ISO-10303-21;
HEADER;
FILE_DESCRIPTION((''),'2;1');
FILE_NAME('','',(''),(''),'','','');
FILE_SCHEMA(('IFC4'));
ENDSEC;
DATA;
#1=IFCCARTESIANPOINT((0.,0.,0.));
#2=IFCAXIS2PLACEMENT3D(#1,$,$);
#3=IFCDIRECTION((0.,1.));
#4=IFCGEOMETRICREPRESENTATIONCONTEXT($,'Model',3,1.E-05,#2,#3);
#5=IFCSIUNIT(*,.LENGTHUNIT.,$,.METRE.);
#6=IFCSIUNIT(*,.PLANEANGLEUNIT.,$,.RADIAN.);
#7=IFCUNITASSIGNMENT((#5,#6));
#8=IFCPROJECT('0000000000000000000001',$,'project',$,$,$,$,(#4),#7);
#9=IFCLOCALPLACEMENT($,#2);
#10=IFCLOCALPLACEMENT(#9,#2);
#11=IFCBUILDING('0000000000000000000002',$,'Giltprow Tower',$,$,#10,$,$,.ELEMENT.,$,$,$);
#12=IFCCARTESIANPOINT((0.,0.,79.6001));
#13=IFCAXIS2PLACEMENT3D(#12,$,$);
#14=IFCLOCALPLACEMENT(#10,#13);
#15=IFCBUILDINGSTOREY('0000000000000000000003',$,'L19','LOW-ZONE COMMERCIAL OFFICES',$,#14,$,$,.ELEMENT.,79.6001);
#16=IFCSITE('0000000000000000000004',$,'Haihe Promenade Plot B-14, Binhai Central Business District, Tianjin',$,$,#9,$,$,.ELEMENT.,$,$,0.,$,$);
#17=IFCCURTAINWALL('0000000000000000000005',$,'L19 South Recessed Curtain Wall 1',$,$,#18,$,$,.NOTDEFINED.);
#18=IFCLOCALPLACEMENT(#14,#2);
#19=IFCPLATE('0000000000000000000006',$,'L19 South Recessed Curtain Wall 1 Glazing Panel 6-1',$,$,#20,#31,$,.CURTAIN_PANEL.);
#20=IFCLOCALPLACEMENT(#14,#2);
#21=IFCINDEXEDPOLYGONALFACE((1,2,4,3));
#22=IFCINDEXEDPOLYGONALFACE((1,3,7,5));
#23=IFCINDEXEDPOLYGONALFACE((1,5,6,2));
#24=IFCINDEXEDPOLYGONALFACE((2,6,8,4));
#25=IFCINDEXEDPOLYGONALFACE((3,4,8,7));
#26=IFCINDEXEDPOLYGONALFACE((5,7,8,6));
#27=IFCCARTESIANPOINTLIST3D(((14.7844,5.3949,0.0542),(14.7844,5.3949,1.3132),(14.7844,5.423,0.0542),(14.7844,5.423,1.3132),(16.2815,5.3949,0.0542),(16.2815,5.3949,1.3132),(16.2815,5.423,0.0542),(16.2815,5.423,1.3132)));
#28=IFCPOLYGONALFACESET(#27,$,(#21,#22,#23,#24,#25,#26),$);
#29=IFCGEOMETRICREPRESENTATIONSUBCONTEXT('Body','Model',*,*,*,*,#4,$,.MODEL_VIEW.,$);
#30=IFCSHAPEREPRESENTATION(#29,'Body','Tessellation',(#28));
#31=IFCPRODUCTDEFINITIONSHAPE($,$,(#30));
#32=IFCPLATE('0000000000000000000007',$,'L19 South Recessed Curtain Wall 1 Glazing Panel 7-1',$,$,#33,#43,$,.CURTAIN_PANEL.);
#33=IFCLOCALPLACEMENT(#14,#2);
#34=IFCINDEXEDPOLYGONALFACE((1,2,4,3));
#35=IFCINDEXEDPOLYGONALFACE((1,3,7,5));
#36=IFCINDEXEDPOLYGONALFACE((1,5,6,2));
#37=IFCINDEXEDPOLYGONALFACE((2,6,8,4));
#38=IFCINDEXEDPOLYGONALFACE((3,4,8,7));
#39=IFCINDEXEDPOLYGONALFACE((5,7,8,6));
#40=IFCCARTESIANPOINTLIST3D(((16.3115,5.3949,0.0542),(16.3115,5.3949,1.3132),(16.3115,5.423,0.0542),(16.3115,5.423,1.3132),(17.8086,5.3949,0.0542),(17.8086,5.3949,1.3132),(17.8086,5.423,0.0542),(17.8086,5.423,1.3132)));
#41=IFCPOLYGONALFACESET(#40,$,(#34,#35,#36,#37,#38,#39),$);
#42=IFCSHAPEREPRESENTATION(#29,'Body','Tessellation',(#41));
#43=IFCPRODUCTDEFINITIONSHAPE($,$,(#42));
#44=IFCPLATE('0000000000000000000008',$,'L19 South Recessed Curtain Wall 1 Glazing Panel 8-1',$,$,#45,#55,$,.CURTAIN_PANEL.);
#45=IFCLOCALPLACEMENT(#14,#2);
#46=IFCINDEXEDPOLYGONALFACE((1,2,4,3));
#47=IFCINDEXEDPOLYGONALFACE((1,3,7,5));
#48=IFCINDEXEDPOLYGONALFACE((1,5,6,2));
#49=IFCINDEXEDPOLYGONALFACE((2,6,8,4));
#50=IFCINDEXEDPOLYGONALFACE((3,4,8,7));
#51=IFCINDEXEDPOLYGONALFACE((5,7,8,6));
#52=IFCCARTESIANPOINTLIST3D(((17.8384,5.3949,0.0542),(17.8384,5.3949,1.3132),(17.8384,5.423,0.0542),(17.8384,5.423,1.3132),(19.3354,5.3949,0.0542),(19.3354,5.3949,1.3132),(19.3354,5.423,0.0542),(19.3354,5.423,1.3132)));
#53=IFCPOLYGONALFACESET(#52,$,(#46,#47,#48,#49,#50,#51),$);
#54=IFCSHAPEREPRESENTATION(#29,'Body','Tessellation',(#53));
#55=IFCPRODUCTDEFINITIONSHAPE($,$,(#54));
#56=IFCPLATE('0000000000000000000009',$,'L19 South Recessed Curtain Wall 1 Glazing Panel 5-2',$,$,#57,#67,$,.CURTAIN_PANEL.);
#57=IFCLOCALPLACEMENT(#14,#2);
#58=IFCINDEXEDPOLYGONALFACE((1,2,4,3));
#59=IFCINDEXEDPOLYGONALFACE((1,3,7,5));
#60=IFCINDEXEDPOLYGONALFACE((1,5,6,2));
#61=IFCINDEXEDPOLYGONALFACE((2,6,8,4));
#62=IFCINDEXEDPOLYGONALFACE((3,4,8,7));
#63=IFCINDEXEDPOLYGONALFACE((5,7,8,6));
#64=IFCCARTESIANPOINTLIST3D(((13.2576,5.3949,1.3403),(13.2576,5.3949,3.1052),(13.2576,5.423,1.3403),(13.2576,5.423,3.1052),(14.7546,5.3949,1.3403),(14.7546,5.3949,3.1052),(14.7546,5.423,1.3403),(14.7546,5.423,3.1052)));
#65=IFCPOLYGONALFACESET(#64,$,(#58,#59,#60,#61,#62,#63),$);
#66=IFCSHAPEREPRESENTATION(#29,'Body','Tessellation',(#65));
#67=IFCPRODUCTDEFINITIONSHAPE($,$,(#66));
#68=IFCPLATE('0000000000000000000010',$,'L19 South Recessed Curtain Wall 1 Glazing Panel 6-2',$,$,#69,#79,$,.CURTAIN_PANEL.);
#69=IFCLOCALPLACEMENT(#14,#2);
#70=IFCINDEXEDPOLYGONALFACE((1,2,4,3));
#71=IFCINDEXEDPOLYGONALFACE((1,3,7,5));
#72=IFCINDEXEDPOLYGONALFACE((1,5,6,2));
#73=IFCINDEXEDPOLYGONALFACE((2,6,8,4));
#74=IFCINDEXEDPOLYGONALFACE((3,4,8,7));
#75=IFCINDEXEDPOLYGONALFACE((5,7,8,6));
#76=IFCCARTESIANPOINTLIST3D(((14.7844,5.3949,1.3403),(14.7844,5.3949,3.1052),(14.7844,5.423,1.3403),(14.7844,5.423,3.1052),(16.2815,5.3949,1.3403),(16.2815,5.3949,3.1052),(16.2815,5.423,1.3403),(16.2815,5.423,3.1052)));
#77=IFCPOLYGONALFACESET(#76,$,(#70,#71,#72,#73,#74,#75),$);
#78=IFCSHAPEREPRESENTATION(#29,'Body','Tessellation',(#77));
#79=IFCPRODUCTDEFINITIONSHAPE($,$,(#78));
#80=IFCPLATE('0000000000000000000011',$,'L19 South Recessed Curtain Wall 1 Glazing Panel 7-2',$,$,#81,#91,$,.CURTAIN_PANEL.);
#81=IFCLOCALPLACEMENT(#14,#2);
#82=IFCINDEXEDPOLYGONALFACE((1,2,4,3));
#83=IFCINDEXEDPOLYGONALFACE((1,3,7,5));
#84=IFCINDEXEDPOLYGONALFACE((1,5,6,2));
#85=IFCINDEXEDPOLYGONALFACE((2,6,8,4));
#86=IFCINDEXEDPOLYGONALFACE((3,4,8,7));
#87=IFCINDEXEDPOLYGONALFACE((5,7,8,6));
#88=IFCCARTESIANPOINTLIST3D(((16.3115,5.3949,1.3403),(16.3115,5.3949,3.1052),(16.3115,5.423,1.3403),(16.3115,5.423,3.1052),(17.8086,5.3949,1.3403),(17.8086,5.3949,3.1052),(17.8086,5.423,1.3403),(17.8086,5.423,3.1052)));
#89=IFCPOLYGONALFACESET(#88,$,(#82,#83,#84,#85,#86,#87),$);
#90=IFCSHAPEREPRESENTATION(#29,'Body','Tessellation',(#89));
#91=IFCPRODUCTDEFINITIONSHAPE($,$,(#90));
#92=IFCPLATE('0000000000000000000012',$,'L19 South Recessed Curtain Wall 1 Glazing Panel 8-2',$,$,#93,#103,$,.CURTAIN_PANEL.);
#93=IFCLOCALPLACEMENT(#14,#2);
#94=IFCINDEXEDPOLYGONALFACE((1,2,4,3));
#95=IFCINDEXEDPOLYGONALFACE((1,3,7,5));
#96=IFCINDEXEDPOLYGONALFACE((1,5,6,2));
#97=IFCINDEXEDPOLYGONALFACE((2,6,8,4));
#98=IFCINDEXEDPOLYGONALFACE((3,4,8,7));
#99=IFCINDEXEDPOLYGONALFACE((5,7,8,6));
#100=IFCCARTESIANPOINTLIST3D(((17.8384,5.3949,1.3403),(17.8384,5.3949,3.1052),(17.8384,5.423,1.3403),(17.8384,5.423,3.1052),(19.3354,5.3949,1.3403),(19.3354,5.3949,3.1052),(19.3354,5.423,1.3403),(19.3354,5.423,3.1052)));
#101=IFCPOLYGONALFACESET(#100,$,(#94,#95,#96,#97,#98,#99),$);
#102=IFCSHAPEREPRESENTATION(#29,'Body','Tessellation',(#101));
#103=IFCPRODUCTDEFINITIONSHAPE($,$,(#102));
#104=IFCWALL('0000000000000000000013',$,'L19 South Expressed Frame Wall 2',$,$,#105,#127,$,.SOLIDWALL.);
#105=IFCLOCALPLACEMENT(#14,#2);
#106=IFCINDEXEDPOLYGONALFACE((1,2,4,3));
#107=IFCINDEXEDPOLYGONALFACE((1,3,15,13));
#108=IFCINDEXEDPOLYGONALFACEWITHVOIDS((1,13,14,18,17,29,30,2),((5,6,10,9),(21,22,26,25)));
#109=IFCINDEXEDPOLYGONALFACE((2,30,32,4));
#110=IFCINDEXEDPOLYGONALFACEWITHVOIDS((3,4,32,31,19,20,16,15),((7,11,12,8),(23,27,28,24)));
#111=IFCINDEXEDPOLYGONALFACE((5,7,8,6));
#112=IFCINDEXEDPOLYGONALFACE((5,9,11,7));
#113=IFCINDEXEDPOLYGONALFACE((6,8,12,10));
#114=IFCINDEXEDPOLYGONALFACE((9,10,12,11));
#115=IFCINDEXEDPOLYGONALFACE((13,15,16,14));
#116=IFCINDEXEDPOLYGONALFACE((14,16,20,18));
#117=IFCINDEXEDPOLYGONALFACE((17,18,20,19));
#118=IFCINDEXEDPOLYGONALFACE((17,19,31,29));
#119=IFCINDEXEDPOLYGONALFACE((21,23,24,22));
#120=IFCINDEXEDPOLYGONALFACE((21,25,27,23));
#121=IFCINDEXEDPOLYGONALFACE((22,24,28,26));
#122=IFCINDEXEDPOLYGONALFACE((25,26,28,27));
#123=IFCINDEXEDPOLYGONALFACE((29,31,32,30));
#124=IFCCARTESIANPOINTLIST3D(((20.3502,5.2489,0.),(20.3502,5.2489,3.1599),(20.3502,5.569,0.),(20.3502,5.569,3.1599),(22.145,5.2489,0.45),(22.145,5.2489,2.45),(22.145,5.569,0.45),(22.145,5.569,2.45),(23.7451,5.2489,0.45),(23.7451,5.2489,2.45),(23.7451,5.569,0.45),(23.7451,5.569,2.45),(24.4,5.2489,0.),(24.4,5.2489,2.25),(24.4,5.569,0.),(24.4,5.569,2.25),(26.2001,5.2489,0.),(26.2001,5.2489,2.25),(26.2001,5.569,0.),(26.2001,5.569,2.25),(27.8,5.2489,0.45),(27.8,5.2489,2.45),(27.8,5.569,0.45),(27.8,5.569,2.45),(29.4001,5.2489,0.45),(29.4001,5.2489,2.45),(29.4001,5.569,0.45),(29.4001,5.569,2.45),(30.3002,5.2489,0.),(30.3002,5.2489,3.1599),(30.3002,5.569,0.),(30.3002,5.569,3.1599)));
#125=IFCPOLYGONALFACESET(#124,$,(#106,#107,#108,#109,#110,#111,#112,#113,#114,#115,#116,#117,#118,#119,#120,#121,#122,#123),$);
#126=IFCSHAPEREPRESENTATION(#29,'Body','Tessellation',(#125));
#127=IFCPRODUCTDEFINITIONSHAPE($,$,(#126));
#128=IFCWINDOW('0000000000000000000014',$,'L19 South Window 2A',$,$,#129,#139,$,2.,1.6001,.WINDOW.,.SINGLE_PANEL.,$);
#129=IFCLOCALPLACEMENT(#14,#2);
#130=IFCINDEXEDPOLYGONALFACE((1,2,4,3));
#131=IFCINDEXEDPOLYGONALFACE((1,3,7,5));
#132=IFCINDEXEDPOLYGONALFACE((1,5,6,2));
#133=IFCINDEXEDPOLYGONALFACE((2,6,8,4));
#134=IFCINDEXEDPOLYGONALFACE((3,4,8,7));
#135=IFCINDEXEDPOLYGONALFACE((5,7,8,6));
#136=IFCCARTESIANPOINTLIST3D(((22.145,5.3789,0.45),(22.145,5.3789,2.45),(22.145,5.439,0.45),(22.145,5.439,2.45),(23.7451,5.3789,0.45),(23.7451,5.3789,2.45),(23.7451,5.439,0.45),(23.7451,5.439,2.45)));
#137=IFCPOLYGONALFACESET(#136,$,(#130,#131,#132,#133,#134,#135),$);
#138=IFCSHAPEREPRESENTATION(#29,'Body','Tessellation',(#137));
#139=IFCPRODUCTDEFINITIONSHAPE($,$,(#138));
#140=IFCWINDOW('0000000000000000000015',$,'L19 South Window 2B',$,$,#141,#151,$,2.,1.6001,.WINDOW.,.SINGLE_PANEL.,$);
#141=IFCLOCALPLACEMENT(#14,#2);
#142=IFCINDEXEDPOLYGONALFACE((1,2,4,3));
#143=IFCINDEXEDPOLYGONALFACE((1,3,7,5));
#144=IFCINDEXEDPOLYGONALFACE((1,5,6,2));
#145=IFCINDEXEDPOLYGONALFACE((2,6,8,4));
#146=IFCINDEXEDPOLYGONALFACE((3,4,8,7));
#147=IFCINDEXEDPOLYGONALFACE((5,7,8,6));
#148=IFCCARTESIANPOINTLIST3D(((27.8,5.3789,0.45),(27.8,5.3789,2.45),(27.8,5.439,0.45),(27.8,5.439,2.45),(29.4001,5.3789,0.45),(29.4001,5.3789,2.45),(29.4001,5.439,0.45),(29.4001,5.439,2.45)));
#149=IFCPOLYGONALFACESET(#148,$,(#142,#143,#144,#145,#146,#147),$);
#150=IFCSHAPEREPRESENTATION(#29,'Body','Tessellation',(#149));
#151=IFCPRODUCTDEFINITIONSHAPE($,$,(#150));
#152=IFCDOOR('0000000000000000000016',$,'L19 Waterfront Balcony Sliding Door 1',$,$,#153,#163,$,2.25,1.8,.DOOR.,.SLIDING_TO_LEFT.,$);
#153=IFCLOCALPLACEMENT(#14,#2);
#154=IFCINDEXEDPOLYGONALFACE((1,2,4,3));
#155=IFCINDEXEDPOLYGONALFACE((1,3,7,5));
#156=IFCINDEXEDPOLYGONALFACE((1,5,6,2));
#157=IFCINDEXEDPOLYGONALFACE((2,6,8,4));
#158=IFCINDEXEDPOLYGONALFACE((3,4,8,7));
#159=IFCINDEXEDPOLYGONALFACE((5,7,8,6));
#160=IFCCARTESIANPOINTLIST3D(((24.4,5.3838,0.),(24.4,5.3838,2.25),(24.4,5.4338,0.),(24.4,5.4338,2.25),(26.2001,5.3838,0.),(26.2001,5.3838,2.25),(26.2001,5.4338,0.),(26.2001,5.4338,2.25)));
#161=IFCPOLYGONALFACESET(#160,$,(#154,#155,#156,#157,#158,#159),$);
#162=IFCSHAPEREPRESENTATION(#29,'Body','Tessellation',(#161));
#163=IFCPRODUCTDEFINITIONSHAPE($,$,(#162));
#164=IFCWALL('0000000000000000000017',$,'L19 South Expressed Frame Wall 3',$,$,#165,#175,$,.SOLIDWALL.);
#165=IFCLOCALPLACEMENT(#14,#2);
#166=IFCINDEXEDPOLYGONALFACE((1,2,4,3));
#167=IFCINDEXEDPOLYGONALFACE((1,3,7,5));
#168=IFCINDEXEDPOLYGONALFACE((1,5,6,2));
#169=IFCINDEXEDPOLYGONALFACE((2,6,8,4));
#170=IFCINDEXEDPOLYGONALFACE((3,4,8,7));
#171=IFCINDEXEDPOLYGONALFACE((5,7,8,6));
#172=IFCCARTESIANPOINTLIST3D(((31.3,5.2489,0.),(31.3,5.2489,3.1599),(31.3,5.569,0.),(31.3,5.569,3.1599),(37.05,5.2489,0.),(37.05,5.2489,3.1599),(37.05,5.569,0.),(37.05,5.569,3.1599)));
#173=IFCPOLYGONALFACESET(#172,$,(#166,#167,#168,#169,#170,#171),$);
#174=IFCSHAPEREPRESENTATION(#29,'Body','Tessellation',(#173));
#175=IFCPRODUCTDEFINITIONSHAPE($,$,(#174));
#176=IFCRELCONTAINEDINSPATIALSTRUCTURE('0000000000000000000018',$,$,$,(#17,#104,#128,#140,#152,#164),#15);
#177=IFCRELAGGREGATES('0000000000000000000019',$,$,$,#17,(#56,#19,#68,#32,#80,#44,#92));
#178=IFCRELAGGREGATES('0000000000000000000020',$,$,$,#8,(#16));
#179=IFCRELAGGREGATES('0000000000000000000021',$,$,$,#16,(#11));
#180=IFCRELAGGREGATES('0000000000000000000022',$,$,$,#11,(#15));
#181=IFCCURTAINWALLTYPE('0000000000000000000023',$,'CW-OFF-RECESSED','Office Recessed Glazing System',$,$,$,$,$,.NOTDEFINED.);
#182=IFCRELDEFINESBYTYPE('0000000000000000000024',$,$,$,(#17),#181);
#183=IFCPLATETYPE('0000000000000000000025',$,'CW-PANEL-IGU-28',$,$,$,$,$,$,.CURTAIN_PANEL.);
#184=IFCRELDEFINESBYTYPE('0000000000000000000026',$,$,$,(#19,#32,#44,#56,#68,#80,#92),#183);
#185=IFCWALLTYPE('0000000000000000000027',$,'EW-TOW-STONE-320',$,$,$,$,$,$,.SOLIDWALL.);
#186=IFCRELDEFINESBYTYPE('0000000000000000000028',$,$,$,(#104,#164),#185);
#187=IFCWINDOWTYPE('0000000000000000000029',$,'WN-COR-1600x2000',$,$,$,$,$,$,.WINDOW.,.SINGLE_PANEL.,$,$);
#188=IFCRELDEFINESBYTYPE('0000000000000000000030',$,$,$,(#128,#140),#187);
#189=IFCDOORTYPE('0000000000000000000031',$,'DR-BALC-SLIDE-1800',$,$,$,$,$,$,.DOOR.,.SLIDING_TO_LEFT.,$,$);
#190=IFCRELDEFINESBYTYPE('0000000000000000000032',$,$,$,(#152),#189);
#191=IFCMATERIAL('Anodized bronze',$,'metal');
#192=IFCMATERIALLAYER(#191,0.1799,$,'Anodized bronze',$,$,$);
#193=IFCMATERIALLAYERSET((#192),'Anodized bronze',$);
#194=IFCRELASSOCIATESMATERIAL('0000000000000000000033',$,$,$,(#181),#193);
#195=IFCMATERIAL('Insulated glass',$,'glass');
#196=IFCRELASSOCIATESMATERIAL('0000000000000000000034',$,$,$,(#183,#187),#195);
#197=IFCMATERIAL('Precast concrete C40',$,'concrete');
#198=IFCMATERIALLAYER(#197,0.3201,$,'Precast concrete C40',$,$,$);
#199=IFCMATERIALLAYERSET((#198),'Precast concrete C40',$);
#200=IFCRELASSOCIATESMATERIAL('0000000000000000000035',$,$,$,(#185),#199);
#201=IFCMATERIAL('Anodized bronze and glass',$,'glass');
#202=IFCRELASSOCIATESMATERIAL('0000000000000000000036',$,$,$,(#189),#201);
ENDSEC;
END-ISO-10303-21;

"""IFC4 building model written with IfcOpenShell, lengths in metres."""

from ifc_helpers import new_model, si_unit, direction, frame, frame_2d, origin, origin_2d, place, context, subcontext, project, spatial, rectangle, extrude, source, transform, mapped, material, layer, layer_set, type_object, element, fill, aggregate, save


model = new_model("IFC4")

# Units and contexts
model_context = context("Model", 3, precision=1e-05, world=origin(), true_north=direction((0.0, 1.0)))
body_context = subcontext(model_context, "Body", "Model", "MODEL_VIEW")
ifc_project = project(units=[si_unit("LENGTHUNIT", "METRE"), si_unit("PLANEANGLEUNIT", "RADIAN")], contexts=[model_context])

# Site, building, storey
site_placement = place(None, origin())
site = spatial("IfcSite", under=ifc_project, at=site_placement, Name="Haihe Promenade Plot B-14, Binhai Central Business District, Tianjin", CompositionType="ELEMENT", RefElevation=0.0)
building_placement = place(site_placement, origin())
building = spatial("IfcBuilding", under=site, at=building_placement, Name="Giltprow Tower", CompositionType="ELEMENT")
storey_placement = place(building_placement, frame((0.0, 0.0, 79.6001)))
storey = spatial("IfcBuildingStorey", under=building, at=storey_placement, Name="L19", Description="LOW-ZONE COMMERCIAL OFFICES", CompositionType="ELEMENT", Elevation=79.6001)

# Curtain wall, plates
ifc_material_1 = material(Name="Anodized bronze", Category="metal")
ifc_layer_1 = layer(ifc_material_1, 0.1799, Name="Anodized bronze")
ifc_layer_set_1 = layer_set([ifc_layer_1], Name="Anodized bronze")
curtain_wall_type = type_object("IfcCurtainWallType", Name="CW-OFF-RECESSED", Description="Office Recessed Glazing System", PredefinedType="NOTDEFINED", material=ifc_layer_set_1)
curtain_wall_placement = place(storey_placement, origin())
curtain_wall = element("IfcCurtainWall", 1, at=curtain_wall_placement, inside=storey, type_object=curtain_wall_type, Name="L19 South Recessed Curtain Wall 1", PredefinedType="NOTDEFINED")
ifc_material_2 = material(Name="Insulated glass", Category="glass")
plate_type = type_object("IfcPlateType", Name="CW-PANEL-IGU-28", PredefinedType="CURTAIN_PANEL", material=ifc_material_2)
shared_shape_1 = source(origin(), body_context, "Body", "SweptSolid", [
    extrude(rectangle(XDim=1.4971, YDim=0.0281, at=origin_2d()), origin(), (0.0, 0.0, 1.0), 1.259),
])
plate_1_placement = place(storey_placement, frame((15.533, 5.4089, 0.0542), z_axis=(0.0, 0.0, 1.0), x_axis=(1.0, 0.0, 0.0)))
plate_1 = element("IfcPlate", 2, at=plate_1_placement, type_object=plate_type, Name="L19 South Recessed Curtain Wall 1 Glazing Panel 6-1", PredefinedType="CURTAIN_PANEL", context=body_context, shape_type="MappedRepresentation", body=[
    mapped(shared_shape_1, transform((0.0, 0.0, 0.0), x_axis=(1.0, 0.0, 0.0), y_axis=(0.0, 1.0, 0.0), z_axis=(0.0, 0.0, 1.0), scale=1.0)),
])
plate_2_placement = place(storey_placement, frame((17.0601, 5.4089, 0.0542), z_axis=(0.0, 0.0, 1.0), x_axis=(1.0, 0.0, 0.0)))
plate_2 = element("IfcPlate", 3, at=plate_2_placement, type_object=plate_type, Name="L19 South Recessed Curtain Wall 1 Glazing Panel 7-1", PredefinedType="CURTAIN_PANEL", context=body_context, shape_type="MappedRepresentation", body=[
    mapped(shared_shape_1, transform((0.0, 0.0, 0.0), x_axis=(1.0, 0.0, 0.0), y_axis=(0.0, 1.0, 0.0), z_axis=(0.0, 0.0, 1.0), scale=1.0)),
])
plate_3_placement = place(storey_placement, frame((18.5869, 5.4089, 0.0542), z_axis=(0.0, 0.0, 1.0), x_axis=(1.0, 0.0, 0.0)))
plate_3 = element("IfcPlate", 4, at=plate_3_placement, type_object=plate_type, Name="L19 South Recessed Curtain Wall 1 Glazing Panel 8-1", PredefinedType="CURTAIN_PANEL", context=body_context, shape_type="MappedRepresentation", body=[
    mapped(shared_shape_1, transform((0.0, 0.0, 0.0), x_axis=(1.0, 0.0, 0.0), y_axis=(0.0, 1.0, 0.0), z_axis=(0.0, 0.0, 1.0), scale=1.0)),
])
shared_shape_2 = source(origin(), body_context, "Body", "SweptSolid", [
    extrude(rectangle(XDim=1.4971, YDim=0.0281, at=origin_2d()), origin(), (0.0, 0.0, 1.0), 1.7649),
])
plate_4_placement = place(storey_placement, frame((14.0061, 5.4089, 1.3403), z_axis=(0.0, 0.0, 1.0), x_axis=(1.0, 0.0, 0.0)))
plate_4 = element("IfcPlate", 5, at=plate_4_placement, type_object=plate_type, Name="L19 South Recessed Curtain Wall 1 Glazing Panel 5-2", PredefinedType="CURTAIN_PANEL", context=body_context, shape_type="MappedRepresentation", body=[
    mapped(shared_shape_2, transform((0.0, 0.0, 0.0), x_axis=(1.0, 0.0, 0.0), y_axis=(0.0, 1.0, 0.0), z_axis=(0.0, 0.0, 1.0), scale=1.0)),
])
plate_5_placement = place(storey_placement, frame((15.533, 5.4089, 1.3403), z_axis=(0.0, 0.0, 1.0), x_axis=(1.0, 0.0, 0.0)))
plate_5 = element("IfcPlate", 6, at=plate_5_placement, type_object=plate_type, Name="L19 South Recessed Curtain Wall 1 Glazing Panel 6-2", PredefinedType="CURTAIN_PANEL", context=body_context, shape_type="MappedRepresentation", body=[
    mapped(shared_shape_2, transform((0.0, 0.0, 0.0), x_axis=(1.0, 0.0, 0.0), y_axis=(0.0, 1.0, 0.0), z_axis=(0.0, 0.0, 1.0), scale=1.0)),
])
plate_6_placement = place(storey_placement, frame((17.0601, 5.4089, 1.3403), z_axis=(0.0, 0.0, 1.0), x_axis=(1.0, 0.0, 0.0)))
plate_6 = element("IfcPlate", 7, at=plate_6_placement, type_object=plate_type, Name="L19 South Recessed Curtain Wall 1 Glazing Panel 7-2", PredefinedType="CURTAIN_PANEL", context=body_context, shape_type="MappedRepresentation", body=[
    mapped(shared_shape_2, transform((0.0, 0.0, 0.0), x_axis=(1.0, 0.0, 0.0), y_axis=(0.0, 1.0, 0.0), z_axis=(0.0, 0.0, 1.0), scale=1.0)),
])
plate_7_placement = place(storey_placement, frame((18.5869, 5.4089, 1.3403), z_axis=(0.0, 0.0, 1.0), x_axis=(1.0, 0.0, 0.0)))
plate_7 = element("IfcPlate", 8, at=plate_7_placement, type_object=plate_type, Name="L19 South Recessed Curtain Wall 1 Glazing Panel 8-2", PredefinedType="CURTAIN_PANEL", context=body_context, shape_type="MappedRepresentation", body=[
    mapped(shared_shape_2, transform((0.0, 0.0, 0.0), x_axis=(1.0, 0.0, 0.0), y_axis=(0.0, 1.0, 0.0), z_axis=(0.0, 0.0, 1.0), scale=1.0)),
])
aggregate(curtain_wall, [plate_4, plate_1, plate_5, plate_2, plate_6, plate_3, plate_7])

# Wall, openings, windows, door
ifc_material_3 = material(Name="Precast concrete C40", Category="concrete")
ifc_layer_2 = layer(ifc_material_3, 0.3201, Name="Precast concrete C40")
ifc_layer_set_2 = layer_set([ifc_layer_2], Name="Precast concrete C40")
wall_type_1 = type_object("IfcWallType", Name="EW-TOW-STONE-320", PredefinedType="SOLIDWALL", material=ifc_layer_set_2)
wall_1_placement = place(storey_placement, frame((20.3501, 5.4089, 0.0), z_axis=(0.0, 0.0, 1.0), x_axis=(1.0, 0.0, 0.0)))
wall_1 = element("IfcWall", 9, at=wall_1_placement, inside=storey, type_object=wall_type_1, Name="L19 South Expressed Frame Wall 2", PredefinedType="SOLIDWALL", context=body_context, shape_type="SweptSolid", body=[
    extrude(rectangle(XDim=9.95, YDim=0.3201, at=frame_2d((4.9751, 0.0))), origin(), (0.0, 0.0, 1.0), 3.1599),
])
opening_1_placement = place(wall_1_placement, frame((4.05, 0.0, 0.0)))
opening_1 = element("IfcOpeningElement", 10, at=opening_1_placement, cuts=wall_1, PredefinedType="OPENING", context=body_context, shape_type="SweptSolid", body=[
    extrude(rectangle(XDim=1.8, YDim=2.25, at=frame_2d((0.8999, 1.125))), frame((0.0, 0.1699, 0.0), z_axis=(0.0, -1.0, 0.0), x_axis=(1.0, 0.0, 0.0)), (0.0, 0.0, 1.0), 0.3401),
])
opening_2_placement = place(wall_1_placement, frame((1.7949, 0.0, 0.45)))
opening_2 = element("IfcOpeningElement", 11, at=opening_2_placement, cuts=wall_1, PredefinedType="OPENING", context=body_context, shape_type="SweptSolid", body=[
    extrude(rectangle(XDim=1.6001, YDim=2.0, at=frame_2d((0.8, 1.0))), frame((0.0, 0.1699, 0.0), z_axis=(0.0, -1.0, 0.0), x_axis=(1.0, 0.0, 0.0)), (0.0, 0.0, 1.0), 0.3401),
])
opening_3_placement = place(wall_1_placement, frame((7.45, 0.0, 0.45)))
opening_3 = element("IfcOpeningElement", 12, at=opening_3_placement, cuts=wall_1, PredefinedType="OPENING", context=body_context, shape_type="SweptSolid", body=[
    extrude(rectangle(XDim=1.6001, YDim=2.0, at=frame_2d((0.8, 1.0))), frame((0.0, 0.1699, 0.0), z_axis=(0.0, -1.0, 0.0), x_axis=(1.0, 0.0, 0.0)), (0.0, 0.0, 1.0), 0.3401),
])
window_type = type_object("IfcWindowType", Name="WN-COR-1600x2000", PartitioningType="SINGLE_PANEL", PredefinedType="WINDOW", material=ifc_material_2)
shared_shape_3 = source(origin(), body_context, "Body", "SweptSolid", [
    extrude(rectangle(XDim=1.6001, YDim=2.0, at=frame_2d((0.8, 1.0))), frame((0.0, 0.03, 0.0), z_axis=(0.0, -1.0, 0.0), x_axis=(1.0, 0.0, 0.0)), (0.0, 0.0, 1.0), 0.0601),
])
window_1_placement = place(opening_2_placement, origin())
window_1 = element("IfcWindow", 13, at=window_1_placement, inside=storey, type_object=window_type, Name="L19 South Window 2A", OverallHeight=2.0, OverallWidth=1.6001, PartitioningType="SINGLE_PANEL", PredefinedType="WINDOW", context=body_context, shape_type="MappedRepresentation", body=[
    mapped(shared_shape_3, transform((0.0, 0.0, 0.0), x_axis=(1.0, 0.0, 0.0), y_axis=(0.0, 1.0, 0.0), z_axis=(0.0, 0.0, 1.0), scale=1.0)),
])
fill(opening_2, window_1)
window_2_placement = place(opening_3_placement, origin())
window_2 = element("IfcWindow", 14, at=window_2_placement, inside=storey, type_object=window_type, Name="L19 South Window 2B", OverallHeight=2.0, OverallWidth=1.6001, PartitioningType="SINGLE_PANEL", PredefinedType="WINDOW", context=body_context, shape_type="MappedRepresentation", body=[
    mapped(shared_shape_3, transform((0.0, 0.0, 0.0), x_axis=(1.0, 0.0, 0.0), y_axis=(0.0, 1.0, 0.0), z_axis=(0.0, 0.0, 1.0), scale=1.0)),
])
fill(opening_3, window_2)
ifc_material_4 = material(Name="Anodized bronze and glass", Category="glass")
door_type = type_object("IfcDoorType", Name="DR-BALC-SLIDE-1800", OperationType="SLIDING_TO_LEFT", PredefinedType="DOOR", material=ifc_material_4)
shared_shape_4 = source(origin(), body_context, "Body", "SweptSolid", [
    extrude(rectangle(XDim=1.8, YDim=2.25, at=frame_2d((0.8999, 1.125))), frame((0.0, 0.0249, 0.0), z_axis=(0.0, -1.0, 0.0), x_axis=(1.0, 0.0, 0.0)), (0.0, 0.0, 1.0), 0.05),
])
door_placement = place(opening_1_placement, origin())
door = element("IfcDoor", 15, at=door_placement, inside=storey, type_object=door_type, Name="L19 Waterfront Balcony Sliding Door 1", OperationType="SLIDING_TO_LEFT", OverallHeight=2.25, OverallWidth=1.8, PredefinedType="DOOR", context=body_context, shape_type="MappedRepresentation", body=[
    mapped(shared_shape_4, transform((0.0, 0.0, 0.0), x_axis=(1.0, 0.0, 0.0), y_axis=(0.0, 1.0, 0.0), z_axis=(0.0, 0.0, 1.0), scale=1.0)),
])
fill(opening_1, door)

# Wall
wall_2_placement = place(storey_placement, frame((31.3, 5.4089, 0.0), z_axis=(0.0, 0.0, 1.0), x_axis=(1.0, 0.0, 0.0)))
element("IfcWall", 16, at=wall_2_placement, inside=storey, type_object=wall_type_1, Name="L19 South Expressed Frame Wall 3", PredefinedType="SOLIDWALL", context=body_context, shape_type="SweptSolid", body=[
    extrude(rectangle(XDim=5.75, YDim=0.3201, at=frame_2d((2.875, 0.0))), origin(), (0.0, 0.0, 1.0), 3.1599),
])

save(model, "model.ifc")
